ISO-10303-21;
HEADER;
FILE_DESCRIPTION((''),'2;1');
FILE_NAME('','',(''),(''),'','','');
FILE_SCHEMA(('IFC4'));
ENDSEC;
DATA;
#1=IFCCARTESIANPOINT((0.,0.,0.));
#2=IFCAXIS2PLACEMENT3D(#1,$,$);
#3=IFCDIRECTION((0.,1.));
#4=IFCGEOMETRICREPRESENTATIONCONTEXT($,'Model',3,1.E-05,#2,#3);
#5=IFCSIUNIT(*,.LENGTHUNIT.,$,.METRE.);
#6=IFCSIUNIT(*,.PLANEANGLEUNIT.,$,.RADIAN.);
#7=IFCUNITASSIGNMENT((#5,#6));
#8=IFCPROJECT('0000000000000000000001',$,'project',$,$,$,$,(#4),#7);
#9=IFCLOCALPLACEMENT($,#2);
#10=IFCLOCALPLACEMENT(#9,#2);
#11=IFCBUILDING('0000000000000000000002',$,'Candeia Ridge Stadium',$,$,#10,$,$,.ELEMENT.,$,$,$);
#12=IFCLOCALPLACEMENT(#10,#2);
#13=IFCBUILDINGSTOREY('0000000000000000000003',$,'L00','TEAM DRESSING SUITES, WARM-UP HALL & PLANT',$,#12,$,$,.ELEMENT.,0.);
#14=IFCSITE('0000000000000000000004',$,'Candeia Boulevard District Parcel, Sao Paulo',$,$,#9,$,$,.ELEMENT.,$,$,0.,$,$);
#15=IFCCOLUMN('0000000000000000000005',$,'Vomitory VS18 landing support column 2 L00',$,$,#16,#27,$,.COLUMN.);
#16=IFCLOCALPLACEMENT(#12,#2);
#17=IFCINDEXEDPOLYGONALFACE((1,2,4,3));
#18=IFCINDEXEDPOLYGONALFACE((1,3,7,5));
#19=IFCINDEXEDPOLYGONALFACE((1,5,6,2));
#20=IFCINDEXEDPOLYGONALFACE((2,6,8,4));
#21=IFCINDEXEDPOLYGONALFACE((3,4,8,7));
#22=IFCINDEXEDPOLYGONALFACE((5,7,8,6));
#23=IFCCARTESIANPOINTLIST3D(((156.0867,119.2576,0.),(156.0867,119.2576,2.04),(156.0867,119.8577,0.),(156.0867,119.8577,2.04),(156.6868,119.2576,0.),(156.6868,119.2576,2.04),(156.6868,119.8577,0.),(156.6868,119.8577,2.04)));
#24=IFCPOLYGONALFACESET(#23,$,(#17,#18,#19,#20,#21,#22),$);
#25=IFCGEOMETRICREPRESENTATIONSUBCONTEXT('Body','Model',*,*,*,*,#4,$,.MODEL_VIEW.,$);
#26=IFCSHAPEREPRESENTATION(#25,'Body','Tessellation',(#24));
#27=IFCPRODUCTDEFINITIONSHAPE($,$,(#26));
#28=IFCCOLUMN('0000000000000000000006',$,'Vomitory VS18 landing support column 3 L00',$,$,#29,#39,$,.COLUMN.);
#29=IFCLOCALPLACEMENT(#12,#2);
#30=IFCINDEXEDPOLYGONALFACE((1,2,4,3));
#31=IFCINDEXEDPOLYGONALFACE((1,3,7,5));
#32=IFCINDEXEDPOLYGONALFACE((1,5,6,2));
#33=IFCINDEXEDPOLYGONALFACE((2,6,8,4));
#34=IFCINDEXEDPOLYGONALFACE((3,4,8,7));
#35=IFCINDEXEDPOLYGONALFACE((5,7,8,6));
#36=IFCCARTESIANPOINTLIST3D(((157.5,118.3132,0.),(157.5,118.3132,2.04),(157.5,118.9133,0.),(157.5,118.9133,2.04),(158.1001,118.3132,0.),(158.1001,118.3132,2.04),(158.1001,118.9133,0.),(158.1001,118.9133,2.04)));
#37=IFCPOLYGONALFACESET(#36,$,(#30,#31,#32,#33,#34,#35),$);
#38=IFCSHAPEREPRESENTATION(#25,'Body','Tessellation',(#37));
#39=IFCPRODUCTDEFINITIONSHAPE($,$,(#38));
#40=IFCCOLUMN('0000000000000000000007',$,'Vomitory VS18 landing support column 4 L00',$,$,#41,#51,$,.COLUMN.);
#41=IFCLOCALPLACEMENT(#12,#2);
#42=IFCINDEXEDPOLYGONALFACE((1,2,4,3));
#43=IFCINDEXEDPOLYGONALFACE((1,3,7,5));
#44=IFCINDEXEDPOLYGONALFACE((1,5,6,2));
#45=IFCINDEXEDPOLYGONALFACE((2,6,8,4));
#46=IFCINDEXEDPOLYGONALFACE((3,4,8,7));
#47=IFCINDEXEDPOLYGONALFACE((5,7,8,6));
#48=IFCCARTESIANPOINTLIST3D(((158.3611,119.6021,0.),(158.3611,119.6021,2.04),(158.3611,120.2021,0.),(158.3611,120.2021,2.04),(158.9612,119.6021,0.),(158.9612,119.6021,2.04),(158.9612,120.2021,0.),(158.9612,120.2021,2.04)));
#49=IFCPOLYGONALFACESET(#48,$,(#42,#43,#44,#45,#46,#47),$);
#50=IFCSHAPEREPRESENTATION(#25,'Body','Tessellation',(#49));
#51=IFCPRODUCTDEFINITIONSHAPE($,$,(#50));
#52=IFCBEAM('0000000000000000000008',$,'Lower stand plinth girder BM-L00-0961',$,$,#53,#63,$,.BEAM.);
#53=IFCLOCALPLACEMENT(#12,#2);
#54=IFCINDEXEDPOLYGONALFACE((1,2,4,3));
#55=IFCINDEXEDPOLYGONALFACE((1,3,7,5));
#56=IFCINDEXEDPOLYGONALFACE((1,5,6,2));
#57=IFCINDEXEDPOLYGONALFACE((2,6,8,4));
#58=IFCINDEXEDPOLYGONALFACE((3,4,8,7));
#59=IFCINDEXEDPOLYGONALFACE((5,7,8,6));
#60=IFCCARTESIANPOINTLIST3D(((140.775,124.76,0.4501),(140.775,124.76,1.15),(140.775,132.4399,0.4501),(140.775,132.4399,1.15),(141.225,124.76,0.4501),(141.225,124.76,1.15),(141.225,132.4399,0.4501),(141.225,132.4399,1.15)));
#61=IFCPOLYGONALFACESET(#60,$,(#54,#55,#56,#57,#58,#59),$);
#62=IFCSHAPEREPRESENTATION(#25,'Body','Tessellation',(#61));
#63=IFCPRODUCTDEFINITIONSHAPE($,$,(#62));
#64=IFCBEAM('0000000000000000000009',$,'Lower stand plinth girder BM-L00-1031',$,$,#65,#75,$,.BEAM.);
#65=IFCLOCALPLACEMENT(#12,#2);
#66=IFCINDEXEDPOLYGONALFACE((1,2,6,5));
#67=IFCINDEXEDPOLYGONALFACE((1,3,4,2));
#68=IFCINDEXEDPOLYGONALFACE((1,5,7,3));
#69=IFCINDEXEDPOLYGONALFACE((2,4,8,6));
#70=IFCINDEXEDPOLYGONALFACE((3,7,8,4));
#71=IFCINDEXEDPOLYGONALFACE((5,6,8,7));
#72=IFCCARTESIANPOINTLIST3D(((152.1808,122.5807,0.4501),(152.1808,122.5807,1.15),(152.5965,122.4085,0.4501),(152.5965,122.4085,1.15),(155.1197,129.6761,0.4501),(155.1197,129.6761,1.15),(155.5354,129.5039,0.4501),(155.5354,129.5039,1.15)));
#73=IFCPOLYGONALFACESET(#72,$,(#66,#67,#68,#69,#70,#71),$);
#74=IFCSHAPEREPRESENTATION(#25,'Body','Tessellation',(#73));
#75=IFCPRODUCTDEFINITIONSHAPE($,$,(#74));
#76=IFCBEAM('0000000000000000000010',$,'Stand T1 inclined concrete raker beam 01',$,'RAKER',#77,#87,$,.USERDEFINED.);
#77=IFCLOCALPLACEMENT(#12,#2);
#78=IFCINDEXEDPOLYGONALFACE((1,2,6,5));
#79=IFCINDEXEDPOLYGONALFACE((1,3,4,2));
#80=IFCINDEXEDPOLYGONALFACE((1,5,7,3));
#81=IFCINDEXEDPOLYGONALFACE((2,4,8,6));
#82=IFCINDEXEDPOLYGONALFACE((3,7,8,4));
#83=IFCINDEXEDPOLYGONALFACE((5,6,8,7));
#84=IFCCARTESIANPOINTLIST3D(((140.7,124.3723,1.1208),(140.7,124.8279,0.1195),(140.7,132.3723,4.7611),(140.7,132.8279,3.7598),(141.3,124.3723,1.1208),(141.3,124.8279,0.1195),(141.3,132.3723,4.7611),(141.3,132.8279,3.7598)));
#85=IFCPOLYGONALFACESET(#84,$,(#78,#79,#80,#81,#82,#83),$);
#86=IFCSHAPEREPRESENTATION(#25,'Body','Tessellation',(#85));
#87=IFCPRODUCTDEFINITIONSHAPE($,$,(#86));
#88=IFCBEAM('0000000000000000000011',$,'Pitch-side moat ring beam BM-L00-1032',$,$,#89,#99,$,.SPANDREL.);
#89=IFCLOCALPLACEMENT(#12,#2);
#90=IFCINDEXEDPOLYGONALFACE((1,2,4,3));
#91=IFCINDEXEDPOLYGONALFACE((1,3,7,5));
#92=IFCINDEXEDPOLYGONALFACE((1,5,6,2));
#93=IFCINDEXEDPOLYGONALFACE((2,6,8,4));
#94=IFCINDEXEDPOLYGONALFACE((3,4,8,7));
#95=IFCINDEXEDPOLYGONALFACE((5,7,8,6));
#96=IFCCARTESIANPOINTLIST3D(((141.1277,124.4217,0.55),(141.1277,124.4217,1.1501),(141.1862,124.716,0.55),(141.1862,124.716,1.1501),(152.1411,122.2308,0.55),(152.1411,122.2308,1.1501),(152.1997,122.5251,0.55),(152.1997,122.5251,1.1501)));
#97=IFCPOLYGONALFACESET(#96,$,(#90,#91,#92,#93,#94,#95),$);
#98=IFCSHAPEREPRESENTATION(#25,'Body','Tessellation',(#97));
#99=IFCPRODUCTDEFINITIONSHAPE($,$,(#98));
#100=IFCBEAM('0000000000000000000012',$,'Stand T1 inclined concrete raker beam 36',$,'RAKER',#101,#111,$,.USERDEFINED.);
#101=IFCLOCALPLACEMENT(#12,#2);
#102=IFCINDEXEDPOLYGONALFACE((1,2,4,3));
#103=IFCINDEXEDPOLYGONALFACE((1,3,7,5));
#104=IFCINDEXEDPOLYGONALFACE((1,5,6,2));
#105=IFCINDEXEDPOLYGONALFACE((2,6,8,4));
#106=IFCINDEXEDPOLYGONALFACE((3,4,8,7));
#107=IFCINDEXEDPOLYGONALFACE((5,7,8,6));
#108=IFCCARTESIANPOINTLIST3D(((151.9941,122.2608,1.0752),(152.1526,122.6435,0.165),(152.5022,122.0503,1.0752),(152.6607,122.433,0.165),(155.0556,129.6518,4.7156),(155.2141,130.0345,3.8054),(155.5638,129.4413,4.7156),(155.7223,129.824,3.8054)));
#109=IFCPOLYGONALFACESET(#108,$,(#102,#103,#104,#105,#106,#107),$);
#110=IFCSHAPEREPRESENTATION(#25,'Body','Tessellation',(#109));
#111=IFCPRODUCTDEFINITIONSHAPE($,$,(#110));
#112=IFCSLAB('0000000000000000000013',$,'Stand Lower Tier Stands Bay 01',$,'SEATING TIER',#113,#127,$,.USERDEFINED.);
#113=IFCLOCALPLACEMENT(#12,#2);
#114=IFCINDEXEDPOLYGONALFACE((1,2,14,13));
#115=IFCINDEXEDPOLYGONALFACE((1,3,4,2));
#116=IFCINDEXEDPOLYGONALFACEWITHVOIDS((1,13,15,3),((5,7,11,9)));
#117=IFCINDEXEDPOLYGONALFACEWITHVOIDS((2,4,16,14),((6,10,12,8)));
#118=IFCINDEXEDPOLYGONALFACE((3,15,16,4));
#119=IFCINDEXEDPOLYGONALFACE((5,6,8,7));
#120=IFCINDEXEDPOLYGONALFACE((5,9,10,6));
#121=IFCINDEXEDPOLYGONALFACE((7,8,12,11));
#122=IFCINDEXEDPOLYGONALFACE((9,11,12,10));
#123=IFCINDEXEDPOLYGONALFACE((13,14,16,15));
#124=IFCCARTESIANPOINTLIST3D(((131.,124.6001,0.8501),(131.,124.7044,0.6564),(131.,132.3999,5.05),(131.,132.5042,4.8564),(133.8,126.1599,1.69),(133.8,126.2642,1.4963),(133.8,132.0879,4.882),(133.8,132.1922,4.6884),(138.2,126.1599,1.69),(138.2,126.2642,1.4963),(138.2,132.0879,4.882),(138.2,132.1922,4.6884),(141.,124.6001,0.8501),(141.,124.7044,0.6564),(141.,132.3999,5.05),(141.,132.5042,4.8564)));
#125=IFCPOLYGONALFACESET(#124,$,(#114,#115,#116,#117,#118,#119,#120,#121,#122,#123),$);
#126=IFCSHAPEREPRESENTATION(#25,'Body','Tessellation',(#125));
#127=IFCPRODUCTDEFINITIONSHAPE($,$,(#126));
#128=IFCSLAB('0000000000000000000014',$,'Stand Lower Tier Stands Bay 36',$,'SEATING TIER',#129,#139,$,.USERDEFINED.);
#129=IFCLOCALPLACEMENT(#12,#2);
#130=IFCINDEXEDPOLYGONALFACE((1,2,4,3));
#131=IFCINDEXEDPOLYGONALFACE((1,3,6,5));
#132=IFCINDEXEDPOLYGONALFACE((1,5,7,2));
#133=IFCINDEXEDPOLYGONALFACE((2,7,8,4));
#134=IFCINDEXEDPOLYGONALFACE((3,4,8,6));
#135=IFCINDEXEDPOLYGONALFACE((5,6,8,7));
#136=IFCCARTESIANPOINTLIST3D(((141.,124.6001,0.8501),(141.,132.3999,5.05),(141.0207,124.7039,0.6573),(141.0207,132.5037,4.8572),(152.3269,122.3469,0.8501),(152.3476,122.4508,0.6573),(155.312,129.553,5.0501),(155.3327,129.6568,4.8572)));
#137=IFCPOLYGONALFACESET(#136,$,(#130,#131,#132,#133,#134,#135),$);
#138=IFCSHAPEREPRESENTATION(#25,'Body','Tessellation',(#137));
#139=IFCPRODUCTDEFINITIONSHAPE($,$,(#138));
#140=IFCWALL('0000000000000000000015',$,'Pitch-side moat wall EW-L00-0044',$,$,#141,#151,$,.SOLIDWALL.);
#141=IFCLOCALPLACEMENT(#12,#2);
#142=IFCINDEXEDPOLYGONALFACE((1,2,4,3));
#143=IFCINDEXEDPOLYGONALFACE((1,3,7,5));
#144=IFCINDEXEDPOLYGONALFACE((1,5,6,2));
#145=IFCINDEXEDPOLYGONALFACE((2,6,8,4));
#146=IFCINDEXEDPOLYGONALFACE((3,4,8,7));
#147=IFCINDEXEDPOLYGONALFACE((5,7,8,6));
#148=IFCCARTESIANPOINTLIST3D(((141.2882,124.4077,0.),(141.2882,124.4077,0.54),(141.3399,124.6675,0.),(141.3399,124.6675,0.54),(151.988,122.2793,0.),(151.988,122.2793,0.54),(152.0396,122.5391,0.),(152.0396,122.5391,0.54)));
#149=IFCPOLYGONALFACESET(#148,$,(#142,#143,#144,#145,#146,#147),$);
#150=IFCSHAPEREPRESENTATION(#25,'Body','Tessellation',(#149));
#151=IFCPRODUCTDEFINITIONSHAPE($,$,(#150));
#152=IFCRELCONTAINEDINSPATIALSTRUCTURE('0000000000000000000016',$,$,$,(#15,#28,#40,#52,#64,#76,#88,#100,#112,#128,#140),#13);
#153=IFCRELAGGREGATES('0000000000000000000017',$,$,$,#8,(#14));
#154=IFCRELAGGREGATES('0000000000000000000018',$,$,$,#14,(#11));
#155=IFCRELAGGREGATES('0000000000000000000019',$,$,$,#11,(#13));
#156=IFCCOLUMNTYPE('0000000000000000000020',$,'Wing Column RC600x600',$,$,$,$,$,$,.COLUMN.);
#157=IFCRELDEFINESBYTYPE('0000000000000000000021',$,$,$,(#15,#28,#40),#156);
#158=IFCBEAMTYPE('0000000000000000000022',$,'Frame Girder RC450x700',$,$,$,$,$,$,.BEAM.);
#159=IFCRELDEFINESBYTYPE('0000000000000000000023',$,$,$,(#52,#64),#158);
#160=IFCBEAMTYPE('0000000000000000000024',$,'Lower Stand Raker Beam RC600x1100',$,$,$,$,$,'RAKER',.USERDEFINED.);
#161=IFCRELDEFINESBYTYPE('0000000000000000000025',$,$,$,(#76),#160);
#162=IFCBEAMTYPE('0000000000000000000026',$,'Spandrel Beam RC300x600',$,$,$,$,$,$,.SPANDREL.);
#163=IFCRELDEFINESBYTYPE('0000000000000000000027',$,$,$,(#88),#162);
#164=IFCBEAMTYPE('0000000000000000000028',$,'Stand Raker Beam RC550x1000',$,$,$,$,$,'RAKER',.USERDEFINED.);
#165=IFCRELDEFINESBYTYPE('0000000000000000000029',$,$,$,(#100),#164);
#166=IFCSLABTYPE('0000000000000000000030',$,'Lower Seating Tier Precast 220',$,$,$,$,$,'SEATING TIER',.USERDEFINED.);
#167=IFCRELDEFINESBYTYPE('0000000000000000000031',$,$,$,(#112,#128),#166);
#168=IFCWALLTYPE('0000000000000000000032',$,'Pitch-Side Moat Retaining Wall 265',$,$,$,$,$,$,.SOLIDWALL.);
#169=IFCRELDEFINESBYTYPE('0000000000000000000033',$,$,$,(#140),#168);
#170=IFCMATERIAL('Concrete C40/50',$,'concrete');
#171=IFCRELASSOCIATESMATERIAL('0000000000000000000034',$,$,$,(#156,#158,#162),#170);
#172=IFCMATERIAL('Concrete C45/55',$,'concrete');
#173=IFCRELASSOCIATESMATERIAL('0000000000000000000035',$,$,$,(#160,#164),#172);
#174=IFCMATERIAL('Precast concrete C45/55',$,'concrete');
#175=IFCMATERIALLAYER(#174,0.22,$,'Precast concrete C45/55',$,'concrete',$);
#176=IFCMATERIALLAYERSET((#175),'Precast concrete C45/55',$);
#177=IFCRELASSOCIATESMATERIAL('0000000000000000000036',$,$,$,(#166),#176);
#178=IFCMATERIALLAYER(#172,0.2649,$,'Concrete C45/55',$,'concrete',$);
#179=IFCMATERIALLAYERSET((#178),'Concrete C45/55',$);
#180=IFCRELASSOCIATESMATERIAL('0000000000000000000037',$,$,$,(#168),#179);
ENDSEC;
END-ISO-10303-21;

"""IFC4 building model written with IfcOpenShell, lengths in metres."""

from ifc_helpers import new_model, si_unit, direction, frame, frame_2d, origin, origin_2d, place, context, subcontext, project, spatial, polyline, rectangle, outline, extrude, material, layer, layer_set, material_profile, profile_set, type_object, element, save


model = new_model("IFC4")

# Units and contexts
model_context = context("Model", 3, precision=1e-05, world=origin(), true_north=direction((0.0, 1.0)))
body_context = subcontext(model_context, "Body", "Model", "MODEL_VIEW")
ifc_project = project(units=[si_unit("LENGTHUNIT", "METRE"), si_unit("PLANEANGLEUNIT", "RADIAN")], contexts=[model_context])

# Site, building, storey
site_placement = place(None, origin())
site = spatial("IfcSite", under=ifc_project, at=site_placement, Name="Candeia Boulevard District Parcel, Sao Paulo", CompositionType="ELEMENT", RefElevation=0.0)
building_placement = place(site_placement, origin())
building = spatial("IfcBuilding", under=site, at=building_placement, Name="Candeia Ridge Stadium", CompositionType="ELEMENT")
storey_placement = place(building_placement, origin())
storey = spatial("IfcBuildingStorey", under=building, at=storey_placement, Name="L00", Description="TEAM DRESSING SUITES, WARM-UP HALL & PLANT", CompositionType="ELEMENT", Elevation=0.0)

# Shared definitions
ifc_material_1 = material(Name="Concrete C40/50", Category="concrete")

# Columns
ifc_material_profile_1 = material_profile(ifc_material_1, rectangle(XDim=0.6001, YDim=0.6001, at=origin_2d()), Name="RC600x600", Category="concrete")
ifc_profile_set_1 = profile_set([ifc_material_profile_1], Name="Concrete C40/50")
column_type = type_object("IfcColumnType", Name="Wing Column RC600x600", PredefinedType="COLUMN", material=ifc_profile_set_1)
for number, where, z_axis, x_axis, name in (
    (1, (156.3867, 119.5576, 0.0), (0.0, 0.0, 1.0), (1.0, 0.0, 0.0), "Vomitory VS18 landing support column 2 L00"),
    (2, (157.8, 118.6133, 0.0), (0.0, 0.0, 1.0), (1.0, 0.0, 0.0), "Vomitory VS18 landing support column 3 L00"),
    (3, (158.6611, 119.9021, 0.0), (0.0, 0.0, 1.0), (1.0, 0.0, 0.0), "Vomitory VS18 landing support column 4 L00"),
):
    element("IfcColumn", number, at=place(storey_placement, frame(where, z_axis=z_axis, x_axis=x_axis)), inside=storey, type_object=column_type, Name=name, PredefinedType="COLUMN", context=body_context, shape_type="SweptSolid", body=[
        extrude(rectangle(XDim=0.6001, YDim=0.6001, at=origin_2d()), origin(), (0.0, 0.0, 1.0), 2.04),
    ])

# Beams
ifc_material_profile_2 = material_profile(ifc_material_1, rectangle(XDim=0.45, YDim=0.7, at=origin_2d()), Name="RC450x700", Category="concrete")
ifc_profile_set_2 = profile_set([ifc_material_profile_2], Name="Concrete C40/50")
beam_type_1 = type_object("IfcBeamType", Name="Frame Girder RC450x700", PredefinedType="BEAM", material=ifc_profile_set_2)
for number, where, z_axis, x_axis, name in (
    (4, (141.0, 124.76, 0.8), (0.0, 1.0, 0.0), (-1.0, 0.0, 0.0), "Lower stand plinth girder BM-L00-0961"),
    (5, (152.3887, 122.4946, 0.8), (0.382676, 0.923883, 0.0), (-0.923883, 0.382676, 0.0), "Lower stand plinth girder BM-L00-1031"),
):
    element("IfcBeam", number, at=place(storey_placement, frame(where, z_axis=z_axis, x_axis=x_axis)), inside=storey, type_object=beam_type_1, Name=name, PredefinedType="BEAM", context=body_context, shape_type="SweptSolid", body=[
        extrude(rectangle(XDim=0.45, YDim=0.7, at=origin_2d()), origin(), (0.0, 0.0, 1.0), 7.6799),
    ])
ifc_material_2 = material(Name="Concrete C45/55", Category="concrete")
ifc_material_profile_3 = material_profile(ifc_material_2, rectangle(XDim=0.6001, YDim=1.1001, at=origin_2d()), Name="RC600x1100", Category="concrete")
ifc_profile_set_3 = profile_set([ifc_material_profile_3], Name="Concrete C45/55")
beam_type_2 = type_object("IfcBeamType", Name="Lower Stand Raker Beam RC600x1100", ElementType="RAKER", PredefinedType="USERDEFINED", material=ifc_profile_set_3)
beam_1_placement = place(storey_placement, frame((141.0, 124.6001, 0.6201), z_axis=(0.0, 0.910194, 0.414182), x_axis=(-1.0, 0.0, 0.0)))
element("IfcBeam", 6, at=beam_1_placement, inside=storey, type_object=beam_type_2, Name="Stand T1 inclined concrete raker beam 01", ObjectType="RAKER", PredefinedType="USERDEFINED", context=body_context, shape_type="SweptSolid", body=[
    extrude(rectangle(XDim=0.6001, YDim=1.1001, at=origin_2d()), origin(), (0.0, 0.0, 1.0), 8.7893),
])
ifc_material_profile_4 = material_profile(ifc_material_1, rectangle(XDim=0.3, YDim=0.6001, at=origin_2d()), Name="RC300x600", Category="concrete")
ifc_profile_set_4 = profile_set([ifc_material_profile_4], Name="Concrete C40/50")
beam_type_3 = type_object("IfcBeamType", Name="Spandrel Beam RC300x600", PredefinedType="SPANDREL", material=ifc_profile_set_4)
beam_2_placement = place(storey_placement, frame((152.1704, 122.3779, 0.8501), z_axis=(-0.980782, 0.195108, 0.0), x_axis=(-0.195108, -0.980782, 0.0)))
element("IfcBeam", 7, at=beam_2_placement, inside=storey, type_object=beam_type_3, Name="Pitch-side moat ring beam BM-L00-1032", PredefinedType="SPANDREL", context=body_context, shape_type="SweptSolid", body=[
    extrude(rectangle(XDim=0.3, YDim=0.6001, at=origin_2d()), origin(), (0.0, 0.0, 1.0), 11.2292),
])
ifc_material_profile_5 = material_profile(ifc_material_2, rectangle(XDim=0.55, YDim=1.0, at=origin_2d()), Name="RC550x1000", Category="concrete")
ifc_profile_set_5 = profile_set([ifc_material_profile_5], Name="Concrete C45/55")
beam_type_4 = type_object("IfcBeamType", Name="Stand Raker Beam RC550x1000", ElementType="RAKER", PredefinedType="USERDEFINED", material=ifc_profile_set_5)
beam_3_placement = place(storey_placement, frame((152.3274, 122.3469, 0.6201), z_axis=(0.348327, 0.840902, 0.414187), x_axis=(-0.923874, 0.382697, 0.0)))
element("IfcBeam", 8, at=beam_3_placement, inside=storey, type_object=beam_type_4, Name="Stand T1 inclined concrete raker beam 36", ObjectType="RAKER", PredefinedType="USERDEFINED", context=body_context, shape_type="SweptSolid", body=[
    extrude(rectangle(XDim=0.55, YDim=1.0, at=origin_2d()), origin(), (0.0, 0.0, 1.0), 8.7893),
])

# Slabs
ifc_material_3 = material(Name="Precast concrete C45/55", Category="concrete")
ifc_layer_1 = layer(ifc_material_3, 0.22, Name="Precast concrete C45/55", Category="concrete")
ifc_layer_set_1 = layer_set([ifc_layer_1], Name="Precast concrete C45/55")
slab_type = type_object("IfcSlabType", Name="Lower Seating Tier Precast 220", ElementType="SEATING TIER", PredefinedType="USERDEFINED", material=ifc_layer_set_1)
slab_1_placement = place(storey_placement, frame((141.0, 124.6001, 0.8501), z_axis=(0.0, -0.474105, 0.880468), x_axis=(-1.0, 0.0, 0.0)))
element("IfcSlab", 9, at=slab_1_placement, inside=storey, type_object=slab_type, Name="Stand Lower Tier Stands Bay 01", ObjectType="SEATING TIER", PredefinedType="USERDEFINED", context=body_context, shape_type="SweptSolid", body=[
    extrude(outline(polyline([(0.0, 0.0), (10.0, 0.0), (10.0, -8.8587), (0.0, -8.8587), (0.0, 0.0)]), holes=[polyline([(2.8, -1.7715), (7.2, -1.7715), (7.2, -8.5043), (2.8, -8.5043), (2.8, -1.7715)])]), origin(), (0.0, 0.0, -1.0), 0.22),
])
slab_2_placement = place(storey_placement, frame((152.3269, 122.3469, 0.8501), z_axis=(-0.093892, -0.472009, 0.876579), x_axis=(-0.980784, 0.195099, 0.000001)))
element("IfcSlab", 10, at=slab_2_placement, inside=storey, type_object=slab_type, Name="Stand Lower Tier Stands Bay 36", ObjectType="SEATING TIER", PredefinedType="USERDEFINED", context=body_context, shape_type="SweptSolid", body=[
    extrude(outline(polyline([(0.0, 0.0), (11.5488, 0.0), (13.0706, -8.727), (-1.5218, -8.7271), (0.0, 0.0)])), origin(), (0.0, 0.0, -1.0), 0.22),
])

# Wall
ifc_layer_2 = layer(ifc_material_2, 0.2649, Name="Concrete C45/55", Category="concrete")
ifc_layer_set_2 = layer_set([ifc_layer_2], Name="Concrete C45/55")
wall_type = type_object("IfcWallType", Name="Pitch-Side Moat Retaining Wall 265", PredefinedType="SOLIDWALL", material=ifc_layer_set_2)
wall_placement = place(storey_placement, frame((152.0137, 122.4092, 0.0), z_axis=(0.0, 0.0, 1.0), x_axis=(-0.980783, 0.1951, 0.0)))
element("IfcWall", 11, at=wall_placement, inside=storey, type_object=wall_type, Name="Pitch-side moat wall EW-L00-0044", PredefinedType="SOLIDWALL", context=body_context, shape_type="SweptSolid", body=[
    extrude(rectangle(XDim=10.9094, YDim=0.2649, at=frame_2d((5.4546, 0.0))), origin(), (0.0, 0.0, 1.0), 0.54),
])

save(model, "model.ifc")
